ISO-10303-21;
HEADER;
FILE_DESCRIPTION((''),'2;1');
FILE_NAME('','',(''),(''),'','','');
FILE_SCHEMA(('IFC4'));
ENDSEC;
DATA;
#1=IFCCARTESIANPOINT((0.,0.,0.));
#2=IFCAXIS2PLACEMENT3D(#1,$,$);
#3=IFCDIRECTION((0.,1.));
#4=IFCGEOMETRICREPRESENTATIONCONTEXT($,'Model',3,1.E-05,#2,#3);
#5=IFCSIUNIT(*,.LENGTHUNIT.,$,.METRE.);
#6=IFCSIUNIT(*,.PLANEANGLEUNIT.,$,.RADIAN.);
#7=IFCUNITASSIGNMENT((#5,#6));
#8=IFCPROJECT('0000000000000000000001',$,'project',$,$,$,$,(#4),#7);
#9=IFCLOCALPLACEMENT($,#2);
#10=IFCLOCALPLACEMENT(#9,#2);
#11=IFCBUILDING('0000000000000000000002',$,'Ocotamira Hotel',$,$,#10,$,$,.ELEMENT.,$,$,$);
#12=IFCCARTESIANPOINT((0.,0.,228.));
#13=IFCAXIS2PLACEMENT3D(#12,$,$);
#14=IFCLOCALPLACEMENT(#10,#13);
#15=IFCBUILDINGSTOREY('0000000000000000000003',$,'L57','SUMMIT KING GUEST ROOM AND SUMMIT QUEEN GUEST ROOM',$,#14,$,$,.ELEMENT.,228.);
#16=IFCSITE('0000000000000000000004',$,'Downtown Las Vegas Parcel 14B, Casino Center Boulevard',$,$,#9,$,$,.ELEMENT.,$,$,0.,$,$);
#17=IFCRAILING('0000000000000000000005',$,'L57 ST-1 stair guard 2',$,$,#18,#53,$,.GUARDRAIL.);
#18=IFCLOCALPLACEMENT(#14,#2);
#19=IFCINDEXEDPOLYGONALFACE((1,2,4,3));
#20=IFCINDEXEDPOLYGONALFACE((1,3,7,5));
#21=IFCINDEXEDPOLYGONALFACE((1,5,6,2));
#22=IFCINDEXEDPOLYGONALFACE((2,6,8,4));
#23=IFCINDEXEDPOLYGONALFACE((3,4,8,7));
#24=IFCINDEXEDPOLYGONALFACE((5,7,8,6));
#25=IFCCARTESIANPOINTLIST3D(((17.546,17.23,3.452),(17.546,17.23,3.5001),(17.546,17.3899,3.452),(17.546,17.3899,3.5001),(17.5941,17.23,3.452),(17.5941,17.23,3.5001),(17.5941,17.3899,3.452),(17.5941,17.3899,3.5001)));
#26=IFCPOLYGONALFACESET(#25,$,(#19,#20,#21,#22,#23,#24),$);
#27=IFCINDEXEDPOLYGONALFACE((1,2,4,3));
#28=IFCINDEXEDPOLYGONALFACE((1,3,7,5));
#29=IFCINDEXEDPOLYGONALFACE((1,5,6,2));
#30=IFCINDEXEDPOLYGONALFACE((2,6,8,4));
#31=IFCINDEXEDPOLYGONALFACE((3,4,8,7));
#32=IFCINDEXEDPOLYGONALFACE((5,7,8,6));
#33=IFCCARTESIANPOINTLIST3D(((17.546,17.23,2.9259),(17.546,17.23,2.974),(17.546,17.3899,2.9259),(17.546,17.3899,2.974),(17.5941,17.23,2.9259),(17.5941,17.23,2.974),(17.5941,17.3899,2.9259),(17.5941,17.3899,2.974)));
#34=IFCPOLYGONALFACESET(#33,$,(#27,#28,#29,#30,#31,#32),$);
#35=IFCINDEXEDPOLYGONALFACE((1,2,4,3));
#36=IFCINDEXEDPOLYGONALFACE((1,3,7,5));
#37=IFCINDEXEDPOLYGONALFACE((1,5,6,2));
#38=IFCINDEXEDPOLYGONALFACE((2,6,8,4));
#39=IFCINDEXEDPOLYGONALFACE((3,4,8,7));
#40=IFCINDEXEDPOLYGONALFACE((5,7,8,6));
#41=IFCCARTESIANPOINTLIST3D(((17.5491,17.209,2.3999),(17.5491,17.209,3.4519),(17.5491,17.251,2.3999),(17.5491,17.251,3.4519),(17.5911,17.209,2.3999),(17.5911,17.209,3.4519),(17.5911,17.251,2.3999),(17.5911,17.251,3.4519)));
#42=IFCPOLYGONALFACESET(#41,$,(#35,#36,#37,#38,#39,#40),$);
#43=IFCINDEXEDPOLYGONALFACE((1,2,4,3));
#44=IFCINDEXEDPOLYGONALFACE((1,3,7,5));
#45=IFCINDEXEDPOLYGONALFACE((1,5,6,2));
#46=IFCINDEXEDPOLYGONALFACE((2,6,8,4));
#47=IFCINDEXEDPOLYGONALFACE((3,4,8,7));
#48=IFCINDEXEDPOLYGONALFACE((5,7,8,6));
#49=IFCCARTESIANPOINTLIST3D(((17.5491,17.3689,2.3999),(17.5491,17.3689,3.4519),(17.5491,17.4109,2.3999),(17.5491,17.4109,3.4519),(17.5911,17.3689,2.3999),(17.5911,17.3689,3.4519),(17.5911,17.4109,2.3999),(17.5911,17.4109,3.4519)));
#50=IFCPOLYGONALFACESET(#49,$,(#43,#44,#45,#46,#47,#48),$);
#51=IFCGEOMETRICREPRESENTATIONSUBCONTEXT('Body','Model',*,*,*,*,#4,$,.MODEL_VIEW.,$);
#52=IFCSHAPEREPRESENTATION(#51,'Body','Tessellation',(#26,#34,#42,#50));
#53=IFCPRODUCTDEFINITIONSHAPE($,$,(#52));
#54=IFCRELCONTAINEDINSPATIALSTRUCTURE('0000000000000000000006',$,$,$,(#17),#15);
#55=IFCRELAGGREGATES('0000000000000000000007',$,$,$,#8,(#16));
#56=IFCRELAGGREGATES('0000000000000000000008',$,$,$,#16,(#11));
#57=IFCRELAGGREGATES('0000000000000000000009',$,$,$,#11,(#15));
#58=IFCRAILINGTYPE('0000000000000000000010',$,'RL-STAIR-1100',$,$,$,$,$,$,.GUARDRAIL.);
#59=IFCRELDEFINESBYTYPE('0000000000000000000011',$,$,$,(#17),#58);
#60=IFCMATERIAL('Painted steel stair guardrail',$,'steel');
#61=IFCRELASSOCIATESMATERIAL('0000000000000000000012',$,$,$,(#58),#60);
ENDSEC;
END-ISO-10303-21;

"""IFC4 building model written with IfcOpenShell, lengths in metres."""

from ifc_helpers import new_model, si_unit, direction, frame, origin, origin_2d, place, context, subcontext, project, spatial, rectangle, extrude, material, type_object, element, save


model = new_model("IFC4")

# Units and contexts
model_context = context("Model", 3, precision=1e-05, world=origin(), true_north=direction((0.0, 1.0)))
body_context = subcontext(model_context, "Body", "Model", "MODEL_VIEW")
ifc_project = project(units=[si_unit("LENGTHUNIT", "METRE"), si_unit("PLANEANGLEUNIT", "RADIAN")], contexts=[model_context])

# Site, building, storey
site_placement = place(None, origin())
site = spatial("IfcSite", under=ifc_project, at=site_placement, Name="Downtown Las Vegas Parcel 14B, Casino Center Boulevard", CompositionType="ELEMENT", RefElevation=0.0)
building_placement = place(site_placement, origin())
building = spatial("IfcBuilding", under=site, at=building_placement, Name="Ocotamira Hotel", CompositionType="ELEMENT")
storey_placement = place(building_placement, frame((0.0, 0.0, 228.0)))
storey = spatial("IfcBuildingStorey", under=building, at=storey_placement, Name="L57", Description="SUMMIT KING GUEST ROOM AND SUMMIT QUEEN GUEST ROOM", CompositionType="ELEMENT", Elevation=228.0)

# Railing
ifc_material_1 = material(Name="Painted steel stair guardrail", Category="steel")
railing_type_1 = type_object("IfcRailingType", Name="RL-STAIR-1100", PredefinedType="GUARDRAIL", material=ifc_material_1)
railing_1_placement = place(storey_placement, frame((17.5701, 17.23, 2.3999)))
element("IfcRailing", 1, at=railing_1_placement, inside=storey, type_object=railing_type_1, Name="L57 ST-1 stair guard 2", PredefinedType="GUARDRAIL", context=body_context, shape_type="SweptSolid", body=[
    extrude(rectangle(XDim=0.0481, YDim=0.0481, at=origin_2d()), frame((0.0, 0.0, 1.0762), z_axis=(0.0, 1.0, 0.0), x_axis=(-1.0, 0.0, 0.0)), (0.0, 0.0, 1.0), 0.1599),
    extrude(rectangle(XDim=0.0481, YDim=0.0481, at=origin_2d()), frame((0.0, 0.0, 0.55), z_axis=(0.0, 1.0, 0.0), x_axis=(-1.0, 0.0, 0.0)), (0.0, 0.0, 1.0), 0.1599),
    extrude(rectangle(XDim=0.042, YDim=0.042, at=origin_2d()), origin(), (0.0, 0.0, 1.0), 1.052),
    extrude(rectangle(XDim=0.042, YDim=0.042, at=origin_2d()), frame((0.0, 0.1599, 0.0)), (0.0, 0.0, 1.0), 1.052),
])

save(model, "model.ifc")
